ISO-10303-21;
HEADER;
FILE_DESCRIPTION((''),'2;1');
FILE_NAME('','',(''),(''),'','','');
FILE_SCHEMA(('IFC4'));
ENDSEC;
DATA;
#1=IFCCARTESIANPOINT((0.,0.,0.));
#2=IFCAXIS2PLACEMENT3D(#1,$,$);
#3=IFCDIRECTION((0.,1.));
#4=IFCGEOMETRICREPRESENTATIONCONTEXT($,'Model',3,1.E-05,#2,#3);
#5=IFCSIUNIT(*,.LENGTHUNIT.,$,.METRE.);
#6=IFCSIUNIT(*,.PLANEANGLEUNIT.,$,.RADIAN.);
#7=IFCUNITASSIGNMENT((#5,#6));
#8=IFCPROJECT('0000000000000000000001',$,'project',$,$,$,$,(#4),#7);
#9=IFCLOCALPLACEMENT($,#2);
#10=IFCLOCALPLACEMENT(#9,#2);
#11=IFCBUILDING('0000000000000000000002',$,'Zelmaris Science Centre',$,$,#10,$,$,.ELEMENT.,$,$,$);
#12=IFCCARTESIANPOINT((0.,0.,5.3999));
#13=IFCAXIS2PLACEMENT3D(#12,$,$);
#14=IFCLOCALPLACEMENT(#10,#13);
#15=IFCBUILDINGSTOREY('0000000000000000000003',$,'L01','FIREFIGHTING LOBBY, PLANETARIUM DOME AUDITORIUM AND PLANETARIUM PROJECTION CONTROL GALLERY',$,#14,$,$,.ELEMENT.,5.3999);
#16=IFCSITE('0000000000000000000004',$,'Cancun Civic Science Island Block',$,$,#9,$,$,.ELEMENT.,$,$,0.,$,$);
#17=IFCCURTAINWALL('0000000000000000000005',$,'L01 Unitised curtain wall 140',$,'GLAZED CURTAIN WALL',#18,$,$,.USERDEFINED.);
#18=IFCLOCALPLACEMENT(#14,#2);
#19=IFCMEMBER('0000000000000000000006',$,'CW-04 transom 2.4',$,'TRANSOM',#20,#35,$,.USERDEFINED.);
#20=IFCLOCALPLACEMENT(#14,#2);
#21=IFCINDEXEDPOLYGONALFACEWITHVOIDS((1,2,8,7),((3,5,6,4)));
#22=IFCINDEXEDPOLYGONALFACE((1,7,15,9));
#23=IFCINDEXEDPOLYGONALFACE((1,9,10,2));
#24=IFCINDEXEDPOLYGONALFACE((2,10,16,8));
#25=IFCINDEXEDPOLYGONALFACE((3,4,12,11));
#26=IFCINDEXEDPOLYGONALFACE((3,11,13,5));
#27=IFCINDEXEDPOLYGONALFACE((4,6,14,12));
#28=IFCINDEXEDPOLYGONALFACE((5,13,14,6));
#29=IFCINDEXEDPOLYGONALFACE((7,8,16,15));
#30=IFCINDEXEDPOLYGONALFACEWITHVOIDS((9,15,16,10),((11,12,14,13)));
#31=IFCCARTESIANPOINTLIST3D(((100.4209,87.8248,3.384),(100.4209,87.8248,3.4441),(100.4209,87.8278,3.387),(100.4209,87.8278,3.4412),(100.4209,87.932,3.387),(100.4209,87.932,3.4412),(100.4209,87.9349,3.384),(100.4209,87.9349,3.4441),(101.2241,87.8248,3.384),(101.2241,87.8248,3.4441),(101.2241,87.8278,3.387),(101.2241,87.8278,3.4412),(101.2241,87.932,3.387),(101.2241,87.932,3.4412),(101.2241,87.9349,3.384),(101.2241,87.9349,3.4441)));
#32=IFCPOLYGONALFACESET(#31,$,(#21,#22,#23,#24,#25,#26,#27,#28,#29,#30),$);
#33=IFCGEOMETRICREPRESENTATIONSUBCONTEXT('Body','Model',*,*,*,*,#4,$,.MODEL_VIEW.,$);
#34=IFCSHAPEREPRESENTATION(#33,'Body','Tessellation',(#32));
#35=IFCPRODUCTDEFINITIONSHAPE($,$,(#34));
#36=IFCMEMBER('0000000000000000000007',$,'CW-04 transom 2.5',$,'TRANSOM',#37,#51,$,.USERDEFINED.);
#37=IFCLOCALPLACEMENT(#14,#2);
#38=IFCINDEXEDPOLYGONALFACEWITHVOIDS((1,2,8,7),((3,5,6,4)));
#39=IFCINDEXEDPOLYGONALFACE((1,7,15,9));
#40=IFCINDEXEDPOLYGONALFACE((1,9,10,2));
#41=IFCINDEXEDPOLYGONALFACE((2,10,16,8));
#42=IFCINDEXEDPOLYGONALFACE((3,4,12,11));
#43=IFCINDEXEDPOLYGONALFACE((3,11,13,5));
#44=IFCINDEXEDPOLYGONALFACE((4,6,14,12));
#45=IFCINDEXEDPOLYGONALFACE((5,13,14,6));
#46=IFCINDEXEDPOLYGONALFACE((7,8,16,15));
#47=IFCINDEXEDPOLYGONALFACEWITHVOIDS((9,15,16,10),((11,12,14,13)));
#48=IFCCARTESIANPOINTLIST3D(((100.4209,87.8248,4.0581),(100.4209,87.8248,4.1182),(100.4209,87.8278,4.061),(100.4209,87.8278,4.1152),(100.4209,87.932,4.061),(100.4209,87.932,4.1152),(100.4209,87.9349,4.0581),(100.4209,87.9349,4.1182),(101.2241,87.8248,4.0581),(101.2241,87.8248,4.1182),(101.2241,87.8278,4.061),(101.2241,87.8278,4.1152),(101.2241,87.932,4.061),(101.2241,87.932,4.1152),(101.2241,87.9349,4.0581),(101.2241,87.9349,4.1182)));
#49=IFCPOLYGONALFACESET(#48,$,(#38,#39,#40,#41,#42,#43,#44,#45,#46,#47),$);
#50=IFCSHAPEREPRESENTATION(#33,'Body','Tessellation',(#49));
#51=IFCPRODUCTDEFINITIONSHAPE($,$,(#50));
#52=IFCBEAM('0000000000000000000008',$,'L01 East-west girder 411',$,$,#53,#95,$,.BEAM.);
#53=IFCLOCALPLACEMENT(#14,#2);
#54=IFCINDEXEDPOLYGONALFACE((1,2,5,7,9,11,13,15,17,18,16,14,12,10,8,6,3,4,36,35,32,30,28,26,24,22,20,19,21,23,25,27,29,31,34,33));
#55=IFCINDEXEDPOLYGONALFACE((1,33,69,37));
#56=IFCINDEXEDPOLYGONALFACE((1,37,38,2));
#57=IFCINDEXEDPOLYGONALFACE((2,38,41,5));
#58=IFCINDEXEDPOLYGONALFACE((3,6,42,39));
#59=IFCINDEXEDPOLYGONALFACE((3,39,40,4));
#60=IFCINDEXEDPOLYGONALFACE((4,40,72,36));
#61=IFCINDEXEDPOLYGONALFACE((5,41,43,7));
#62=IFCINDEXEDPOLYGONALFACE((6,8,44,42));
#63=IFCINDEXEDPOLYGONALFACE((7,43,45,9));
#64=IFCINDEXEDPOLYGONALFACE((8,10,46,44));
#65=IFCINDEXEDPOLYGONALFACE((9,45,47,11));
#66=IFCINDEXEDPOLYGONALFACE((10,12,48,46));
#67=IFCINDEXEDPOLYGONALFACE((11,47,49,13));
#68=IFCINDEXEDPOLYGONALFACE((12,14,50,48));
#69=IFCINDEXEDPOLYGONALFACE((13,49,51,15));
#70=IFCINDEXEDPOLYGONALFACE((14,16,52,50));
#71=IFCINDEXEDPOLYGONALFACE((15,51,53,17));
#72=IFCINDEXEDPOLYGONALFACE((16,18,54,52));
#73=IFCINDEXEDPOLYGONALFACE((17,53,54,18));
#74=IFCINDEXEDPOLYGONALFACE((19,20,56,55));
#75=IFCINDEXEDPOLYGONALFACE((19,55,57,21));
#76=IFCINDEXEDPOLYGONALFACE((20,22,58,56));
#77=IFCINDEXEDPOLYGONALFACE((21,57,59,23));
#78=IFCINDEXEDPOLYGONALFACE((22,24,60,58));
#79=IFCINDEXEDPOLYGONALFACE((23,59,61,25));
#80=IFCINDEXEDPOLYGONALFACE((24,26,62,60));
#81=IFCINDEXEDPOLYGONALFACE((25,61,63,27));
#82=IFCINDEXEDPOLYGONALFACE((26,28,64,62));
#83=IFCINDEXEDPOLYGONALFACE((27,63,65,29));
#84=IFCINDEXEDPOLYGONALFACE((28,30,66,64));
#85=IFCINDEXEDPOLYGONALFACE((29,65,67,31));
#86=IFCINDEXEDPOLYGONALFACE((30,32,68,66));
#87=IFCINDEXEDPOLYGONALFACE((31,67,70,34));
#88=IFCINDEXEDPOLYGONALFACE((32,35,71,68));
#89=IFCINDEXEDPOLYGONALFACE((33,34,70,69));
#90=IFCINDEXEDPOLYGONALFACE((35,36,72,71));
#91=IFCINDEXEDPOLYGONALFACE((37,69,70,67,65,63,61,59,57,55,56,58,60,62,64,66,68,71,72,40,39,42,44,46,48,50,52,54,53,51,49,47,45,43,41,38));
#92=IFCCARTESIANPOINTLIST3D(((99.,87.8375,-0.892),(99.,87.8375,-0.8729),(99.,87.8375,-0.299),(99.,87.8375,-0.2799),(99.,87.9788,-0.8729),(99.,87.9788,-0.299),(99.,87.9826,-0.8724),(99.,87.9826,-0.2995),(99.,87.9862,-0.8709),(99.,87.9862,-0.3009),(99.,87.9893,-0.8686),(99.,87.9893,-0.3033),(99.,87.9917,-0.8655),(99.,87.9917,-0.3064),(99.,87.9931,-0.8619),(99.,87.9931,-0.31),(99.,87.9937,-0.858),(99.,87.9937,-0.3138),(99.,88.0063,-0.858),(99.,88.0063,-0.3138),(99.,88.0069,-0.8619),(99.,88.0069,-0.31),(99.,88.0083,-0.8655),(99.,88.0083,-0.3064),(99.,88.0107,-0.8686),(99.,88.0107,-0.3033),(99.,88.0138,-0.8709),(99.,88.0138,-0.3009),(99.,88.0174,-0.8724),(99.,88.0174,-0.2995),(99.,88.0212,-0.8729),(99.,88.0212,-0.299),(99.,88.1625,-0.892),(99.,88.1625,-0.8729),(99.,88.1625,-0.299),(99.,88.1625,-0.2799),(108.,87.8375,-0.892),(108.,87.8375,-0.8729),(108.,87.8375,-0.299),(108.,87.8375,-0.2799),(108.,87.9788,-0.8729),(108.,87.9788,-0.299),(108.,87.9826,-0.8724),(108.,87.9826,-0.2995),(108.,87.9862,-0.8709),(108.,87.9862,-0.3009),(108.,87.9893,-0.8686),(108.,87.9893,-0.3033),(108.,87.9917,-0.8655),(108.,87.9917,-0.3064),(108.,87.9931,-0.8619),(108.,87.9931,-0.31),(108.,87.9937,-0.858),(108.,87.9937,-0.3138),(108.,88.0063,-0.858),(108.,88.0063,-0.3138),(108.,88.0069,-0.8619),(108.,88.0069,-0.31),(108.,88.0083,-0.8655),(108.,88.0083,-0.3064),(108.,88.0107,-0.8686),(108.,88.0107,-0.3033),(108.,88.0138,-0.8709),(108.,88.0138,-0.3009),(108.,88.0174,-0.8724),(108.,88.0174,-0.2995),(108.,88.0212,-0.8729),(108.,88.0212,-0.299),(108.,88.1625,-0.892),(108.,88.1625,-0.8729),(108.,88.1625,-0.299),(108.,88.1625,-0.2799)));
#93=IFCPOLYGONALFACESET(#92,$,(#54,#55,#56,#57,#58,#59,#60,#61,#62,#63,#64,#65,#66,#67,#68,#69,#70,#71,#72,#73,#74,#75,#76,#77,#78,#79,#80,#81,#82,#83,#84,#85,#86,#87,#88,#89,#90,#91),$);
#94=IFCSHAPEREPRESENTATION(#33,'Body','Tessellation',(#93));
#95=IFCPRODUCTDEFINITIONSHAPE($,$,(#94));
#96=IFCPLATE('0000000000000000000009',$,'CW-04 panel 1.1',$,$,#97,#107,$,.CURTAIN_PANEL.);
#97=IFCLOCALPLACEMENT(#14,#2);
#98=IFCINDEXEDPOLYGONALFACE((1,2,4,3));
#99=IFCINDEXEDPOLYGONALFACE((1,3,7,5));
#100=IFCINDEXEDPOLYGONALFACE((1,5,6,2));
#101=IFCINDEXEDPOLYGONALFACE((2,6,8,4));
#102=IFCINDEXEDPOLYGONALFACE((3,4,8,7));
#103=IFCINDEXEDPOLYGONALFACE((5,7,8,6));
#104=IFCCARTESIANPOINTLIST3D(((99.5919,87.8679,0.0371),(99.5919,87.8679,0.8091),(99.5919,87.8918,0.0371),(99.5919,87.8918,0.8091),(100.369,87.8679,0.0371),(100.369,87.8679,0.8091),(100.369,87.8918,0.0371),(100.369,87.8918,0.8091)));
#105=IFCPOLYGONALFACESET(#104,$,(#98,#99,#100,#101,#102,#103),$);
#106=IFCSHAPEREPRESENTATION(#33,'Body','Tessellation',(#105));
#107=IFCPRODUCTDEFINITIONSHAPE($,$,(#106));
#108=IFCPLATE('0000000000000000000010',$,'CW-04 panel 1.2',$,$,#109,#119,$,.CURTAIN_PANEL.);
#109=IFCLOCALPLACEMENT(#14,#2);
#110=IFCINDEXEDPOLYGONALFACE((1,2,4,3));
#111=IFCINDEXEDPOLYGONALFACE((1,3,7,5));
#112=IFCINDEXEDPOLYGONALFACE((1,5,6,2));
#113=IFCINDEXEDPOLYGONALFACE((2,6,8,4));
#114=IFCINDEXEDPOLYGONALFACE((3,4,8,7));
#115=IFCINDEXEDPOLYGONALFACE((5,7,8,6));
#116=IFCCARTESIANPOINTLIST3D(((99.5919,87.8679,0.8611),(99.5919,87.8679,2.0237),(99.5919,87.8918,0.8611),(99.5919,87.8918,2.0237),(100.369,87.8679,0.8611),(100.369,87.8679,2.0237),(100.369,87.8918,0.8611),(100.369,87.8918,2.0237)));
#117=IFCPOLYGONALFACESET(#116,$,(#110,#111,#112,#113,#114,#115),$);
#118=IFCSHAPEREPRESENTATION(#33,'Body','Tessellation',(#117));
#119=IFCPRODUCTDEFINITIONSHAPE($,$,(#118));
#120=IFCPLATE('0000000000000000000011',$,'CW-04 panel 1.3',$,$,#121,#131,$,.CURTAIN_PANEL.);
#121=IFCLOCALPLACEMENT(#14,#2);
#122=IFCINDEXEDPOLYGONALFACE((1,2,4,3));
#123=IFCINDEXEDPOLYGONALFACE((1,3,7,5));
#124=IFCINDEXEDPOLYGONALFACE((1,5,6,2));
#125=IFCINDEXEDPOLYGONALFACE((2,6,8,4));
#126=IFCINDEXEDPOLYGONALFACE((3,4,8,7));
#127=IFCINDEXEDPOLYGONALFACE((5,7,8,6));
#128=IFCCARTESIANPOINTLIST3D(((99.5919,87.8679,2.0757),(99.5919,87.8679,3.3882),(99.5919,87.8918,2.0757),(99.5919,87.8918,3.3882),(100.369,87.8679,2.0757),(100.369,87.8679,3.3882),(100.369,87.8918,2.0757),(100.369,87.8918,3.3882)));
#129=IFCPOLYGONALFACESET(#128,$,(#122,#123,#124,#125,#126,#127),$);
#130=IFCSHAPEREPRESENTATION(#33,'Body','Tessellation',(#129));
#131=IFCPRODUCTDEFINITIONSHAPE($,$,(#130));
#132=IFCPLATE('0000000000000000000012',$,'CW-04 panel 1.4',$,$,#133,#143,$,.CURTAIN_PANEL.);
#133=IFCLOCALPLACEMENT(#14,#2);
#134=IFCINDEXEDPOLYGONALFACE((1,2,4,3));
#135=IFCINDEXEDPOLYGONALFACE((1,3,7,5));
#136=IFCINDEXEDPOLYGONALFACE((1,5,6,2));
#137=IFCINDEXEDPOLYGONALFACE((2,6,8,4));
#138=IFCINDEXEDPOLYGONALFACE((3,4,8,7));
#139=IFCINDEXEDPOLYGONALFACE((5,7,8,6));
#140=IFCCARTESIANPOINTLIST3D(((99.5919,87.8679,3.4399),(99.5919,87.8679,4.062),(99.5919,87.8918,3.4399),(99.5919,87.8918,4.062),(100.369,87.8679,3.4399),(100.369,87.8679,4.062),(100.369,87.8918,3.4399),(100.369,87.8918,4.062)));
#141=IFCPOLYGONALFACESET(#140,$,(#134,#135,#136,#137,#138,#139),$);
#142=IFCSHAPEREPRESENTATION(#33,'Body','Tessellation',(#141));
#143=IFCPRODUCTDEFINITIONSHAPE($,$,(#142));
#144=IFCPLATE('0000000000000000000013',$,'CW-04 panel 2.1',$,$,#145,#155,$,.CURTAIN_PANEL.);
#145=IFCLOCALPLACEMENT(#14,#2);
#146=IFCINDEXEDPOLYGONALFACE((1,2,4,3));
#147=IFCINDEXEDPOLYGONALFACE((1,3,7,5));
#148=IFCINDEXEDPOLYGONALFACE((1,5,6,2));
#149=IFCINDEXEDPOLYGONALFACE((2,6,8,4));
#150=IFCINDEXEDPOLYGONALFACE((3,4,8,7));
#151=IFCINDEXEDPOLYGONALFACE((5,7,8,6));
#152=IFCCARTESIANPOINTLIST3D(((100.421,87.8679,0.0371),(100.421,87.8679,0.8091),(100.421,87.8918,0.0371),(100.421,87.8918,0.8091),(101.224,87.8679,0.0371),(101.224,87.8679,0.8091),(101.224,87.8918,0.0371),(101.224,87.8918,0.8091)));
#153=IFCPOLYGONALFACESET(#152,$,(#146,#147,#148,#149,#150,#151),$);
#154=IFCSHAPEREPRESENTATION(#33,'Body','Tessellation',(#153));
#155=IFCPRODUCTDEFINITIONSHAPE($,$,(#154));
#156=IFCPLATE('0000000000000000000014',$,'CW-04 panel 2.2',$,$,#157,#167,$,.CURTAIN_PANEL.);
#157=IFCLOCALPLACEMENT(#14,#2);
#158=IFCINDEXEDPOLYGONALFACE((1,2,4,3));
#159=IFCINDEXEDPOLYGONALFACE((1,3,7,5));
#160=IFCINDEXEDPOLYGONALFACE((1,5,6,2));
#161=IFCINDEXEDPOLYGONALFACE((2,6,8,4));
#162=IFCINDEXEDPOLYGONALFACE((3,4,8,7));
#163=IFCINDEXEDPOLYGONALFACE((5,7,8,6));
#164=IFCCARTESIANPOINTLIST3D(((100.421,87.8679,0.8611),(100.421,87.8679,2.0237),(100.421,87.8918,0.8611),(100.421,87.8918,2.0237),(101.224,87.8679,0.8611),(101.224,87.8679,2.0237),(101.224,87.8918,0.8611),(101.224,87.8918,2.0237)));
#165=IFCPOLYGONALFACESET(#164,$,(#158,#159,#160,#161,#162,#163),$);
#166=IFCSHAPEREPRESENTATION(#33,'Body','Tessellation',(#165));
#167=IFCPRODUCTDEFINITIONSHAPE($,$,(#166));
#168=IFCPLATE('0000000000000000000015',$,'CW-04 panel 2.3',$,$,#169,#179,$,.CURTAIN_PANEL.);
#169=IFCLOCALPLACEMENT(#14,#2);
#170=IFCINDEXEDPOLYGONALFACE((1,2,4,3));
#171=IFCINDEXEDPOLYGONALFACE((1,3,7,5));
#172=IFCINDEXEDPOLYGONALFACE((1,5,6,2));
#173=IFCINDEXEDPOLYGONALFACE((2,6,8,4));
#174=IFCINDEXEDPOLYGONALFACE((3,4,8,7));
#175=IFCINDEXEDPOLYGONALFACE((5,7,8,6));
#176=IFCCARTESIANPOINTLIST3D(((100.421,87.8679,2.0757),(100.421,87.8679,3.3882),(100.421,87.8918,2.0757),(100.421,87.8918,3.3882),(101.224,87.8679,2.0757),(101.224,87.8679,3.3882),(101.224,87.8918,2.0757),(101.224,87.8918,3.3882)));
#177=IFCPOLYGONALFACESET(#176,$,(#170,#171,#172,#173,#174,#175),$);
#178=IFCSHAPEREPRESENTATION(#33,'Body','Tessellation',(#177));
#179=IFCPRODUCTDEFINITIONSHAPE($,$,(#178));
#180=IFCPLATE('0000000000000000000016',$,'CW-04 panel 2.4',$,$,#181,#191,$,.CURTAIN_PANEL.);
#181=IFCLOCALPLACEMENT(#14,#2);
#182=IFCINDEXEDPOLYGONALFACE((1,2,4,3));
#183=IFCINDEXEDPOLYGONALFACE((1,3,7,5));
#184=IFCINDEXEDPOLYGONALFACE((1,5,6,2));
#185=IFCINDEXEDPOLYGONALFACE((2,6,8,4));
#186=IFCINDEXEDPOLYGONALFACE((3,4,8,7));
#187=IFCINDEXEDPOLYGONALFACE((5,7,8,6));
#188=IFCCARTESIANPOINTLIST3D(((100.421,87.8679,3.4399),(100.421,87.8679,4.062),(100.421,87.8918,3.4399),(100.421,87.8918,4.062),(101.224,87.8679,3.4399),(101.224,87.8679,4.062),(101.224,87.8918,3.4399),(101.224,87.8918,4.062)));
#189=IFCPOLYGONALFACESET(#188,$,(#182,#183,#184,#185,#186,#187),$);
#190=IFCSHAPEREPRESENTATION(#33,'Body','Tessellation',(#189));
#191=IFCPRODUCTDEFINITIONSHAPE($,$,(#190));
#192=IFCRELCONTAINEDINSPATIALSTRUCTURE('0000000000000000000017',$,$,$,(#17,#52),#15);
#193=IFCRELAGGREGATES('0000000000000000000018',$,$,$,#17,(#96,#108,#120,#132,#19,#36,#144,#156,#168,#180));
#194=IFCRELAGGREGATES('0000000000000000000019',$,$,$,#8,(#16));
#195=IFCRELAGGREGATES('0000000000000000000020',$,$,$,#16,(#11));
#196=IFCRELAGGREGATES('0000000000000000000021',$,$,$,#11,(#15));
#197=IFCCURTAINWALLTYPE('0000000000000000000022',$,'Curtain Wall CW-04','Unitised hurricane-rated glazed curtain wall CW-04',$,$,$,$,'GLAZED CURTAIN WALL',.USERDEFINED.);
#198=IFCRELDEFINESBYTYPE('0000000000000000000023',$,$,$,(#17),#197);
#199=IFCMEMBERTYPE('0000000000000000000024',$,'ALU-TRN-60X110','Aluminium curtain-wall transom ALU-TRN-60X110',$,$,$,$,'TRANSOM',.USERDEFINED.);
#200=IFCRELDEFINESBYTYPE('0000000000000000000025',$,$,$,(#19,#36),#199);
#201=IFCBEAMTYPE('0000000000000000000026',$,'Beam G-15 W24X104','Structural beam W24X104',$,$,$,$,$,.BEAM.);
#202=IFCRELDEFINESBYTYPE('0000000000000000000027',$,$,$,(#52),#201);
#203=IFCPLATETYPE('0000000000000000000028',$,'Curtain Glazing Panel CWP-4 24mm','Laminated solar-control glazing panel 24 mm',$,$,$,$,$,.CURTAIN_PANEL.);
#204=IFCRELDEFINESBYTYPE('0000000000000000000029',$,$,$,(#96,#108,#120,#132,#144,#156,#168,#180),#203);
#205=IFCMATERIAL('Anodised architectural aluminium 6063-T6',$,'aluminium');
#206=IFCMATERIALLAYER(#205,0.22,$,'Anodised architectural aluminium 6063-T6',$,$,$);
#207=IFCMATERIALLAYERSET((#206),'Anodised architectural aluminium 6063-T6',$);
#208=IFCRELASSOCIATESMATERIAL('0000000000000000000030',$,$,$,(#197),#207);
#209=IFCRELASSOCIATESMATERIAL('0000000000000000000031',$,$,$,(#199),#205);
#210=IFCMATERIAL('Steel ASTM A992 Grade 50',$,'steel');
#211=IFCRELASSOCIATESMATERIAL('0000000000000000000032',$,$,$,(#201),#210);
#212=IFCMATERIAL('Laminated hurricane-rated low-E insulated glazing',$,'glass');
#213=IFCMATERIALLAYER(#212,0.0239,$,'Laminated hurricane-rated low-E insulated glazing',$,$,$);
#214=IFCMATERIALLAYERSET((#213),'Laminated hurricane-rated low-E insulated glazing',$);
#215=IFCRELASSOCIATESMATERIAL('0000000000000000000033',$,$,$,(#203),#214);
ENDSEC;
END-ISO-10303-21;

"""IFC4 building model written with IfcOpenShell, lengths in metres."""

from ifc_helpers import new_model, si_unit, direction, frame, origin, origin_2d, place, context, subcontext, project, spatial, rectangle, hollow_rectangle, i_section, extrude, material, layer, layer_set, material_profile, profile_set, type_object, element, aggregate, save


model = new_model("IFC4")

# Units and contexts
model_context = context("Model", 3, precision=1e-05, world=origin(), true_north=direction((0.0, 1.0)))
body_context = subcontext(model_context, "Body", "Model", "MODEL_VIEW")
ifc_project = project(units=[si_unit("LENGTHUNIT", "METRE"), si_unit("PLANEANGLEUNIT", "RADIAN")], contexts=[model_context])

# Site, building, storey
site_placement = place(None, origin())
site = spatial("IfcSite", under=ifc_project, at=site_placement, Name="Cancun Civic Science Island Block", CompositionType="ELEMENT", RefElevation=0.0)
building_placement = place(site_placement, origin())
building = spatial("IfcBuilding", under=site, at=building_placement, Name="Zelmaris Science Centre", CompositionType="ELEMENT")
storey_placement = place(building_placement, frame((0.0, 0.0, 5.3999)))
storey = spatial("IfcBuildingStorey", under=building, at=storey_placement, Name="L01", Description="FIREFIGHTING LOBBY, PLANETARIUM DOME AUDITORIUM AND PLANETARIUM PROJECTION CONTROL GALLERY", CompositionType="ELEMENT", Elevation=5.3999)

# Curtain wall, members
ifc_material_1 = material(Name="Anodised architectural aluminium 6063-T6", Category="aluminium")
ifc_layer_1 = layer(ifc_material_1, 0.22, Name="Anodised architectural aluminium 6063-T6")
ifc_layer_set_1 = layer_set([ifc_layer_1], Name="Anodised architectural aluminium 6063-T6")
curtain_wall_type = type_object("IfcCurtainWallType", Name="Curtain Wall CW-04", Description="Unitised hurricane-rated glazed curtain wall CW-04", ElementType="GLAZED CURTAIN WALL", PredefinedType="USERDEFINED", material=ifc_layer_set_1)
curtain_wall_placement = place(storey_placement, origin())
curtain_wall = element("IfcCurtainWall", 1, at=curtain_wall_placement, inside=storey, type_object=curtain_wall_type, Name="L01 Unitised curtain wall 140", ObjectType="GLAZED CURTAIN WALL", PredefinedType="USERDEFINED")
ifc_material_profile_1 = material_profile(ifc_material_1, hollow_rectangle(XDim=0.0601, YDim=0.1101, WallThickness=0.0029, at=origin_2d()), Name="ALU-TRN-60X110")
ifc_profile_set_1 = profile_set([ifc_material_profile_1], Name="Anodised architectural aluminium 6063-T6")
member_type_1 = type_object("IfcMemberType", Name="ALU-TRN-60X110", Description="Aluminium curtain-wall transom ALU-TRN-60X110", ElementType="TRANSOM", PredefinedType="USERDEFINED", material=ifc_profile_set_1)
member_1_placement = place(storey_placement, frame((100.4209, 87.8799, 3.4141), z_axis=(1.0, 0.0, 0.0), x_axis=(0.0, 0.0, 1.0)))
member_1 = element("IfcMember", 2, at=member_1_placement, type_object=member_type_1, Name="CW-04 transom 2.4", ObjectType="TRANSOM", PredefinedType="USERDEFINED", context=body_context, shape_type="SweptSolid", body=[
    extrude(hollow_rectangle(XDim=0.0601, YDim=0.1101, WallThickness=0.0029, at=origin_2d()), origin(), (0.0, 0.0, 1.0), 0.8032),
])
member_2_placement = place(storey_placement, frame((100.4209, 87.8799, 4.0881), z_axis=(1.0, 0.0, 0.0), x_axis=(0.0, 0.0, 1.0)))
member_2 = element("IfcMember", 3, at=member_2_placement, type_object=member_type_1, Name="CW-04 transom 2.5", ObjectType="TRANSOM", PredefinedType="USERDEFINED", context=body_context, shape_type="SweptSolid", body=[
    extrude(hollow_rectangle(XDim=0.0601, YDim=0.1101, WallThickness=0.0029, at=origin_2d()), origin(), (0.0, 0.0, 1.0), 0.8032),
])

# Beam
ifc_material_2 = material(Name="Steel ASTM A992 Grade 50", Category="steel")
ifc_material_profile_2 = material_profile(ifc_material_2, i_section(OverallWidth=0.325, OverallDepth=0.6121, WebThickness=0.0127, FlangeThickness=0.019, FilletRadius=0.0149, at=origin_2d()), Name="W24X104")
ifc_profile_set_2 = profile_set([ifc_material_profile_2], Name="Steel ASTM A992 Grade 50")
beam_type = type_object("IfcBeamType", Name="Beam G-15 W24X104", Description="Structural beam W24X104", PredefinedType="BEAM", material=ifc_profile_set_2)
beam_placement = place(storey_placement, frame((99.0, 88.0, -0.5859), z_axis=(1.0, 0.0, 0.0), x_axis=(0.0, 1.0, 0.0)))
element("IfcBeam", 4, at=beam_placement, inside=storey, type_object=beam_type, Name="L01 East-west girder 411", PredefinedType="BEAM", context=body_context, shape_type="SweptSolid", body=[
    extrude(i_section(OverallWidth=0.325, OverallDepth=0.6121, WebThickness=0.0127, FlangeThickness=0.019, FilletRadius=0.0149, at=origin_2d()), origin(), (0.0, 0.0, 1.0), 9.0),
])

# Plates
ifc_material_3 = material(Name="Laminated hurricane-rated low-E insulated glazing", Category="glass")
ifc_layer_2 = layer(ifc_material_3, 0.0239, Name="Laminated hurricane-rated low-E insulated glazing")
ifc_layer_set_2 = layer_set([ifc_layer_2], Name="Laminated hurricane-rated low-E insulated glazing")
plate_type = type_object("IfcPlateType", Name="Curtain Glazing Panel CWP-4 24mm", Description="Laminated solar-control glazing panel 24 mm", PredefinedType="CURTAIN_PANEL", material=ifc_layer_set_2)
plate_1_placement = place(storey_placement, frame((99.9805, 87.8799, 0.0371), z_axis=(0.0, 0.0, 1.0), x_axis=(1.0, 0.0, 0.0)))
plate_1 = element("IfcPlate", 5, at=plate_1_placement, type_object=plate_type, Name="CW-04 panel 1.1", PredefinedType="CURTAIN_PANEL", context=body_context, shape_type="SweptSolid", body=[
    extrude(rectangle(XDim=0.7771, YDim=0.0239, at=origin_2d()), origin(), (0.0, 0.0, 1.0), 0.772),
])
plate_2_placement = place(storey_placement, frame((99.9805, 87.8799, 0.8611), z_axis=(0.0, 0.0, 1.0), x_axis=(1.0, 0.0, 0.0)))
plate_2 = element("IfcPlate", 6, at=plate_2_placement, type_object=plate_type, Name="CW-04 panel 1.2", PredefinedType="CURTAIN_PANEL", context=body_context, shape_type="SweptSolid", body=[
    extrude(rectangle(XDim=0.7771, YDim=0.0239, at=origin_2d()), origin(), (0.0, 0.0, 1.0), 1.1626),
])
plate_3_placement = place(storey_placement, frame((99.9805, 87.8799, 2.0757), z_axis=(0.0, 0.0, 1.0), x_axis=(1.0, 0.0, 0.0)))
plate_3 = element("IfcPlate", 7, at=plate_3_placement, type_object=plate_type, Name="CW-04 panel 1.3", PredefinedType="CURTAIN_PANEL", context=body_context, shape_type="SweptSolid", body=[
    extrude(rectangle(XDim=0.7771, YDim=0.0239, at=origin_2d()), origin(), (0.0, 0.0, 1.0), 1.3125),
])
plate_4_placement = place(storey_placement, frame((99.9805, 87.8799, 3.4399), z_axis=(0.0, 0.0, 1.0), x_axis=(1.0, 0.0, 0.0)))
plate_4 = element("IfcPlate", 8, at=plate_4_placement, type_object=plate_type, Name="CW-04 panel 1.4", PredefinedType="CURTAIN_PANEL", context=body_context, shape_type="SweptSolid", body=[
    extrude(rectangle(XDim=0.7771, YDim=0.0239, at=origin_2d()), origin(), (0.0, 0.0, 1.0), 0.6221),
])
plate_5_placement = place(storey_placement, frame((100.8225, 87.8799, 0.0371), z_axis=(0.0, 0.0, 1.0), x_axis=(1.0, 0.0, 0.0)))
plate_5 = element("IfcPlate", 9, at=plate_5_placement, type_object=plate_type, Name="CW-04 panel 2.1", PredefinedType="CURTAIN_PANEL", context=body_context, shape_type="SweptSolid", body=[
    extrude(rectangle(XDim=0.803, YDim=0.0239, at=origin_2d()), origin(), (0.0, 0.0, 1.0), 0.772),
])
plate_6_placement = place(storey_placement, frame((100.8225, 87.8799, 0.8611), z_axis=(0.0, 0.0, 1.0), x_axis=(1.0, 0.0, 0.0)))
plate_6 = element("IfcPlate", 10, at=plate_6_placement, type_object=plate_type, Name="CW-04 panel 2.2", PredefinedType="CURTAIN_PANEL", context=body_context, shape_type="SweptSolid", body=[
    extrude(rectangle(XDim=0.803, YDim=0.0239, at=origin_2d()), origin(), (0.0, 0.0, 1.0), 1.1626),
])
plate_7_placement = place(storey_placement, frame((100.8225, 87.8799, 2.0757), z_axis=(0.0, 0.0, 1.0), x_axis=(1.0, 0.0, 0.0)))
plate_7 = element("IfcPlate", 11, at=plate_7_placement, type_object=plate_type, Name="CW-04 panel 2.3", PredefinedType="CURTAIN_PANEL", context=body_context, shape_type="SweptSolid", body=[
    extrude(rectangle(XDim=0.803, YDim=0.0239, at=origin_2d()), origin(), (0.0, 0.0, 1.0), 1.3125),
])
plate_8_placement = place(storey_placement, frame((100.8225, 87.8799, 3.4399), z_axis=(0.0, 0.0, 1.0), x_axis=(1.0, 0.0, 0.0)))
plate_8 = element("IfcPlate", 12, at=plate_8_placement, type_object=plate_type, Name="CW-04 panel 2.4", PredefinedType="CURTAIN_PANEL", context=body_context, shape_type="SweptSolid", body=[
    extrude(rectangle(XDim=0.803, YDim=0.0239, at=origin_2d()), origin(), (0.0, 0.0, 1.0), 0.6221),
])
aggregate(curtain_wall, [plate_1, plate_2, plate_3, plate_4, member_1, member_2, plate_5, plate_6, plate_7, plate_8])

save(model, "model.ifc")
